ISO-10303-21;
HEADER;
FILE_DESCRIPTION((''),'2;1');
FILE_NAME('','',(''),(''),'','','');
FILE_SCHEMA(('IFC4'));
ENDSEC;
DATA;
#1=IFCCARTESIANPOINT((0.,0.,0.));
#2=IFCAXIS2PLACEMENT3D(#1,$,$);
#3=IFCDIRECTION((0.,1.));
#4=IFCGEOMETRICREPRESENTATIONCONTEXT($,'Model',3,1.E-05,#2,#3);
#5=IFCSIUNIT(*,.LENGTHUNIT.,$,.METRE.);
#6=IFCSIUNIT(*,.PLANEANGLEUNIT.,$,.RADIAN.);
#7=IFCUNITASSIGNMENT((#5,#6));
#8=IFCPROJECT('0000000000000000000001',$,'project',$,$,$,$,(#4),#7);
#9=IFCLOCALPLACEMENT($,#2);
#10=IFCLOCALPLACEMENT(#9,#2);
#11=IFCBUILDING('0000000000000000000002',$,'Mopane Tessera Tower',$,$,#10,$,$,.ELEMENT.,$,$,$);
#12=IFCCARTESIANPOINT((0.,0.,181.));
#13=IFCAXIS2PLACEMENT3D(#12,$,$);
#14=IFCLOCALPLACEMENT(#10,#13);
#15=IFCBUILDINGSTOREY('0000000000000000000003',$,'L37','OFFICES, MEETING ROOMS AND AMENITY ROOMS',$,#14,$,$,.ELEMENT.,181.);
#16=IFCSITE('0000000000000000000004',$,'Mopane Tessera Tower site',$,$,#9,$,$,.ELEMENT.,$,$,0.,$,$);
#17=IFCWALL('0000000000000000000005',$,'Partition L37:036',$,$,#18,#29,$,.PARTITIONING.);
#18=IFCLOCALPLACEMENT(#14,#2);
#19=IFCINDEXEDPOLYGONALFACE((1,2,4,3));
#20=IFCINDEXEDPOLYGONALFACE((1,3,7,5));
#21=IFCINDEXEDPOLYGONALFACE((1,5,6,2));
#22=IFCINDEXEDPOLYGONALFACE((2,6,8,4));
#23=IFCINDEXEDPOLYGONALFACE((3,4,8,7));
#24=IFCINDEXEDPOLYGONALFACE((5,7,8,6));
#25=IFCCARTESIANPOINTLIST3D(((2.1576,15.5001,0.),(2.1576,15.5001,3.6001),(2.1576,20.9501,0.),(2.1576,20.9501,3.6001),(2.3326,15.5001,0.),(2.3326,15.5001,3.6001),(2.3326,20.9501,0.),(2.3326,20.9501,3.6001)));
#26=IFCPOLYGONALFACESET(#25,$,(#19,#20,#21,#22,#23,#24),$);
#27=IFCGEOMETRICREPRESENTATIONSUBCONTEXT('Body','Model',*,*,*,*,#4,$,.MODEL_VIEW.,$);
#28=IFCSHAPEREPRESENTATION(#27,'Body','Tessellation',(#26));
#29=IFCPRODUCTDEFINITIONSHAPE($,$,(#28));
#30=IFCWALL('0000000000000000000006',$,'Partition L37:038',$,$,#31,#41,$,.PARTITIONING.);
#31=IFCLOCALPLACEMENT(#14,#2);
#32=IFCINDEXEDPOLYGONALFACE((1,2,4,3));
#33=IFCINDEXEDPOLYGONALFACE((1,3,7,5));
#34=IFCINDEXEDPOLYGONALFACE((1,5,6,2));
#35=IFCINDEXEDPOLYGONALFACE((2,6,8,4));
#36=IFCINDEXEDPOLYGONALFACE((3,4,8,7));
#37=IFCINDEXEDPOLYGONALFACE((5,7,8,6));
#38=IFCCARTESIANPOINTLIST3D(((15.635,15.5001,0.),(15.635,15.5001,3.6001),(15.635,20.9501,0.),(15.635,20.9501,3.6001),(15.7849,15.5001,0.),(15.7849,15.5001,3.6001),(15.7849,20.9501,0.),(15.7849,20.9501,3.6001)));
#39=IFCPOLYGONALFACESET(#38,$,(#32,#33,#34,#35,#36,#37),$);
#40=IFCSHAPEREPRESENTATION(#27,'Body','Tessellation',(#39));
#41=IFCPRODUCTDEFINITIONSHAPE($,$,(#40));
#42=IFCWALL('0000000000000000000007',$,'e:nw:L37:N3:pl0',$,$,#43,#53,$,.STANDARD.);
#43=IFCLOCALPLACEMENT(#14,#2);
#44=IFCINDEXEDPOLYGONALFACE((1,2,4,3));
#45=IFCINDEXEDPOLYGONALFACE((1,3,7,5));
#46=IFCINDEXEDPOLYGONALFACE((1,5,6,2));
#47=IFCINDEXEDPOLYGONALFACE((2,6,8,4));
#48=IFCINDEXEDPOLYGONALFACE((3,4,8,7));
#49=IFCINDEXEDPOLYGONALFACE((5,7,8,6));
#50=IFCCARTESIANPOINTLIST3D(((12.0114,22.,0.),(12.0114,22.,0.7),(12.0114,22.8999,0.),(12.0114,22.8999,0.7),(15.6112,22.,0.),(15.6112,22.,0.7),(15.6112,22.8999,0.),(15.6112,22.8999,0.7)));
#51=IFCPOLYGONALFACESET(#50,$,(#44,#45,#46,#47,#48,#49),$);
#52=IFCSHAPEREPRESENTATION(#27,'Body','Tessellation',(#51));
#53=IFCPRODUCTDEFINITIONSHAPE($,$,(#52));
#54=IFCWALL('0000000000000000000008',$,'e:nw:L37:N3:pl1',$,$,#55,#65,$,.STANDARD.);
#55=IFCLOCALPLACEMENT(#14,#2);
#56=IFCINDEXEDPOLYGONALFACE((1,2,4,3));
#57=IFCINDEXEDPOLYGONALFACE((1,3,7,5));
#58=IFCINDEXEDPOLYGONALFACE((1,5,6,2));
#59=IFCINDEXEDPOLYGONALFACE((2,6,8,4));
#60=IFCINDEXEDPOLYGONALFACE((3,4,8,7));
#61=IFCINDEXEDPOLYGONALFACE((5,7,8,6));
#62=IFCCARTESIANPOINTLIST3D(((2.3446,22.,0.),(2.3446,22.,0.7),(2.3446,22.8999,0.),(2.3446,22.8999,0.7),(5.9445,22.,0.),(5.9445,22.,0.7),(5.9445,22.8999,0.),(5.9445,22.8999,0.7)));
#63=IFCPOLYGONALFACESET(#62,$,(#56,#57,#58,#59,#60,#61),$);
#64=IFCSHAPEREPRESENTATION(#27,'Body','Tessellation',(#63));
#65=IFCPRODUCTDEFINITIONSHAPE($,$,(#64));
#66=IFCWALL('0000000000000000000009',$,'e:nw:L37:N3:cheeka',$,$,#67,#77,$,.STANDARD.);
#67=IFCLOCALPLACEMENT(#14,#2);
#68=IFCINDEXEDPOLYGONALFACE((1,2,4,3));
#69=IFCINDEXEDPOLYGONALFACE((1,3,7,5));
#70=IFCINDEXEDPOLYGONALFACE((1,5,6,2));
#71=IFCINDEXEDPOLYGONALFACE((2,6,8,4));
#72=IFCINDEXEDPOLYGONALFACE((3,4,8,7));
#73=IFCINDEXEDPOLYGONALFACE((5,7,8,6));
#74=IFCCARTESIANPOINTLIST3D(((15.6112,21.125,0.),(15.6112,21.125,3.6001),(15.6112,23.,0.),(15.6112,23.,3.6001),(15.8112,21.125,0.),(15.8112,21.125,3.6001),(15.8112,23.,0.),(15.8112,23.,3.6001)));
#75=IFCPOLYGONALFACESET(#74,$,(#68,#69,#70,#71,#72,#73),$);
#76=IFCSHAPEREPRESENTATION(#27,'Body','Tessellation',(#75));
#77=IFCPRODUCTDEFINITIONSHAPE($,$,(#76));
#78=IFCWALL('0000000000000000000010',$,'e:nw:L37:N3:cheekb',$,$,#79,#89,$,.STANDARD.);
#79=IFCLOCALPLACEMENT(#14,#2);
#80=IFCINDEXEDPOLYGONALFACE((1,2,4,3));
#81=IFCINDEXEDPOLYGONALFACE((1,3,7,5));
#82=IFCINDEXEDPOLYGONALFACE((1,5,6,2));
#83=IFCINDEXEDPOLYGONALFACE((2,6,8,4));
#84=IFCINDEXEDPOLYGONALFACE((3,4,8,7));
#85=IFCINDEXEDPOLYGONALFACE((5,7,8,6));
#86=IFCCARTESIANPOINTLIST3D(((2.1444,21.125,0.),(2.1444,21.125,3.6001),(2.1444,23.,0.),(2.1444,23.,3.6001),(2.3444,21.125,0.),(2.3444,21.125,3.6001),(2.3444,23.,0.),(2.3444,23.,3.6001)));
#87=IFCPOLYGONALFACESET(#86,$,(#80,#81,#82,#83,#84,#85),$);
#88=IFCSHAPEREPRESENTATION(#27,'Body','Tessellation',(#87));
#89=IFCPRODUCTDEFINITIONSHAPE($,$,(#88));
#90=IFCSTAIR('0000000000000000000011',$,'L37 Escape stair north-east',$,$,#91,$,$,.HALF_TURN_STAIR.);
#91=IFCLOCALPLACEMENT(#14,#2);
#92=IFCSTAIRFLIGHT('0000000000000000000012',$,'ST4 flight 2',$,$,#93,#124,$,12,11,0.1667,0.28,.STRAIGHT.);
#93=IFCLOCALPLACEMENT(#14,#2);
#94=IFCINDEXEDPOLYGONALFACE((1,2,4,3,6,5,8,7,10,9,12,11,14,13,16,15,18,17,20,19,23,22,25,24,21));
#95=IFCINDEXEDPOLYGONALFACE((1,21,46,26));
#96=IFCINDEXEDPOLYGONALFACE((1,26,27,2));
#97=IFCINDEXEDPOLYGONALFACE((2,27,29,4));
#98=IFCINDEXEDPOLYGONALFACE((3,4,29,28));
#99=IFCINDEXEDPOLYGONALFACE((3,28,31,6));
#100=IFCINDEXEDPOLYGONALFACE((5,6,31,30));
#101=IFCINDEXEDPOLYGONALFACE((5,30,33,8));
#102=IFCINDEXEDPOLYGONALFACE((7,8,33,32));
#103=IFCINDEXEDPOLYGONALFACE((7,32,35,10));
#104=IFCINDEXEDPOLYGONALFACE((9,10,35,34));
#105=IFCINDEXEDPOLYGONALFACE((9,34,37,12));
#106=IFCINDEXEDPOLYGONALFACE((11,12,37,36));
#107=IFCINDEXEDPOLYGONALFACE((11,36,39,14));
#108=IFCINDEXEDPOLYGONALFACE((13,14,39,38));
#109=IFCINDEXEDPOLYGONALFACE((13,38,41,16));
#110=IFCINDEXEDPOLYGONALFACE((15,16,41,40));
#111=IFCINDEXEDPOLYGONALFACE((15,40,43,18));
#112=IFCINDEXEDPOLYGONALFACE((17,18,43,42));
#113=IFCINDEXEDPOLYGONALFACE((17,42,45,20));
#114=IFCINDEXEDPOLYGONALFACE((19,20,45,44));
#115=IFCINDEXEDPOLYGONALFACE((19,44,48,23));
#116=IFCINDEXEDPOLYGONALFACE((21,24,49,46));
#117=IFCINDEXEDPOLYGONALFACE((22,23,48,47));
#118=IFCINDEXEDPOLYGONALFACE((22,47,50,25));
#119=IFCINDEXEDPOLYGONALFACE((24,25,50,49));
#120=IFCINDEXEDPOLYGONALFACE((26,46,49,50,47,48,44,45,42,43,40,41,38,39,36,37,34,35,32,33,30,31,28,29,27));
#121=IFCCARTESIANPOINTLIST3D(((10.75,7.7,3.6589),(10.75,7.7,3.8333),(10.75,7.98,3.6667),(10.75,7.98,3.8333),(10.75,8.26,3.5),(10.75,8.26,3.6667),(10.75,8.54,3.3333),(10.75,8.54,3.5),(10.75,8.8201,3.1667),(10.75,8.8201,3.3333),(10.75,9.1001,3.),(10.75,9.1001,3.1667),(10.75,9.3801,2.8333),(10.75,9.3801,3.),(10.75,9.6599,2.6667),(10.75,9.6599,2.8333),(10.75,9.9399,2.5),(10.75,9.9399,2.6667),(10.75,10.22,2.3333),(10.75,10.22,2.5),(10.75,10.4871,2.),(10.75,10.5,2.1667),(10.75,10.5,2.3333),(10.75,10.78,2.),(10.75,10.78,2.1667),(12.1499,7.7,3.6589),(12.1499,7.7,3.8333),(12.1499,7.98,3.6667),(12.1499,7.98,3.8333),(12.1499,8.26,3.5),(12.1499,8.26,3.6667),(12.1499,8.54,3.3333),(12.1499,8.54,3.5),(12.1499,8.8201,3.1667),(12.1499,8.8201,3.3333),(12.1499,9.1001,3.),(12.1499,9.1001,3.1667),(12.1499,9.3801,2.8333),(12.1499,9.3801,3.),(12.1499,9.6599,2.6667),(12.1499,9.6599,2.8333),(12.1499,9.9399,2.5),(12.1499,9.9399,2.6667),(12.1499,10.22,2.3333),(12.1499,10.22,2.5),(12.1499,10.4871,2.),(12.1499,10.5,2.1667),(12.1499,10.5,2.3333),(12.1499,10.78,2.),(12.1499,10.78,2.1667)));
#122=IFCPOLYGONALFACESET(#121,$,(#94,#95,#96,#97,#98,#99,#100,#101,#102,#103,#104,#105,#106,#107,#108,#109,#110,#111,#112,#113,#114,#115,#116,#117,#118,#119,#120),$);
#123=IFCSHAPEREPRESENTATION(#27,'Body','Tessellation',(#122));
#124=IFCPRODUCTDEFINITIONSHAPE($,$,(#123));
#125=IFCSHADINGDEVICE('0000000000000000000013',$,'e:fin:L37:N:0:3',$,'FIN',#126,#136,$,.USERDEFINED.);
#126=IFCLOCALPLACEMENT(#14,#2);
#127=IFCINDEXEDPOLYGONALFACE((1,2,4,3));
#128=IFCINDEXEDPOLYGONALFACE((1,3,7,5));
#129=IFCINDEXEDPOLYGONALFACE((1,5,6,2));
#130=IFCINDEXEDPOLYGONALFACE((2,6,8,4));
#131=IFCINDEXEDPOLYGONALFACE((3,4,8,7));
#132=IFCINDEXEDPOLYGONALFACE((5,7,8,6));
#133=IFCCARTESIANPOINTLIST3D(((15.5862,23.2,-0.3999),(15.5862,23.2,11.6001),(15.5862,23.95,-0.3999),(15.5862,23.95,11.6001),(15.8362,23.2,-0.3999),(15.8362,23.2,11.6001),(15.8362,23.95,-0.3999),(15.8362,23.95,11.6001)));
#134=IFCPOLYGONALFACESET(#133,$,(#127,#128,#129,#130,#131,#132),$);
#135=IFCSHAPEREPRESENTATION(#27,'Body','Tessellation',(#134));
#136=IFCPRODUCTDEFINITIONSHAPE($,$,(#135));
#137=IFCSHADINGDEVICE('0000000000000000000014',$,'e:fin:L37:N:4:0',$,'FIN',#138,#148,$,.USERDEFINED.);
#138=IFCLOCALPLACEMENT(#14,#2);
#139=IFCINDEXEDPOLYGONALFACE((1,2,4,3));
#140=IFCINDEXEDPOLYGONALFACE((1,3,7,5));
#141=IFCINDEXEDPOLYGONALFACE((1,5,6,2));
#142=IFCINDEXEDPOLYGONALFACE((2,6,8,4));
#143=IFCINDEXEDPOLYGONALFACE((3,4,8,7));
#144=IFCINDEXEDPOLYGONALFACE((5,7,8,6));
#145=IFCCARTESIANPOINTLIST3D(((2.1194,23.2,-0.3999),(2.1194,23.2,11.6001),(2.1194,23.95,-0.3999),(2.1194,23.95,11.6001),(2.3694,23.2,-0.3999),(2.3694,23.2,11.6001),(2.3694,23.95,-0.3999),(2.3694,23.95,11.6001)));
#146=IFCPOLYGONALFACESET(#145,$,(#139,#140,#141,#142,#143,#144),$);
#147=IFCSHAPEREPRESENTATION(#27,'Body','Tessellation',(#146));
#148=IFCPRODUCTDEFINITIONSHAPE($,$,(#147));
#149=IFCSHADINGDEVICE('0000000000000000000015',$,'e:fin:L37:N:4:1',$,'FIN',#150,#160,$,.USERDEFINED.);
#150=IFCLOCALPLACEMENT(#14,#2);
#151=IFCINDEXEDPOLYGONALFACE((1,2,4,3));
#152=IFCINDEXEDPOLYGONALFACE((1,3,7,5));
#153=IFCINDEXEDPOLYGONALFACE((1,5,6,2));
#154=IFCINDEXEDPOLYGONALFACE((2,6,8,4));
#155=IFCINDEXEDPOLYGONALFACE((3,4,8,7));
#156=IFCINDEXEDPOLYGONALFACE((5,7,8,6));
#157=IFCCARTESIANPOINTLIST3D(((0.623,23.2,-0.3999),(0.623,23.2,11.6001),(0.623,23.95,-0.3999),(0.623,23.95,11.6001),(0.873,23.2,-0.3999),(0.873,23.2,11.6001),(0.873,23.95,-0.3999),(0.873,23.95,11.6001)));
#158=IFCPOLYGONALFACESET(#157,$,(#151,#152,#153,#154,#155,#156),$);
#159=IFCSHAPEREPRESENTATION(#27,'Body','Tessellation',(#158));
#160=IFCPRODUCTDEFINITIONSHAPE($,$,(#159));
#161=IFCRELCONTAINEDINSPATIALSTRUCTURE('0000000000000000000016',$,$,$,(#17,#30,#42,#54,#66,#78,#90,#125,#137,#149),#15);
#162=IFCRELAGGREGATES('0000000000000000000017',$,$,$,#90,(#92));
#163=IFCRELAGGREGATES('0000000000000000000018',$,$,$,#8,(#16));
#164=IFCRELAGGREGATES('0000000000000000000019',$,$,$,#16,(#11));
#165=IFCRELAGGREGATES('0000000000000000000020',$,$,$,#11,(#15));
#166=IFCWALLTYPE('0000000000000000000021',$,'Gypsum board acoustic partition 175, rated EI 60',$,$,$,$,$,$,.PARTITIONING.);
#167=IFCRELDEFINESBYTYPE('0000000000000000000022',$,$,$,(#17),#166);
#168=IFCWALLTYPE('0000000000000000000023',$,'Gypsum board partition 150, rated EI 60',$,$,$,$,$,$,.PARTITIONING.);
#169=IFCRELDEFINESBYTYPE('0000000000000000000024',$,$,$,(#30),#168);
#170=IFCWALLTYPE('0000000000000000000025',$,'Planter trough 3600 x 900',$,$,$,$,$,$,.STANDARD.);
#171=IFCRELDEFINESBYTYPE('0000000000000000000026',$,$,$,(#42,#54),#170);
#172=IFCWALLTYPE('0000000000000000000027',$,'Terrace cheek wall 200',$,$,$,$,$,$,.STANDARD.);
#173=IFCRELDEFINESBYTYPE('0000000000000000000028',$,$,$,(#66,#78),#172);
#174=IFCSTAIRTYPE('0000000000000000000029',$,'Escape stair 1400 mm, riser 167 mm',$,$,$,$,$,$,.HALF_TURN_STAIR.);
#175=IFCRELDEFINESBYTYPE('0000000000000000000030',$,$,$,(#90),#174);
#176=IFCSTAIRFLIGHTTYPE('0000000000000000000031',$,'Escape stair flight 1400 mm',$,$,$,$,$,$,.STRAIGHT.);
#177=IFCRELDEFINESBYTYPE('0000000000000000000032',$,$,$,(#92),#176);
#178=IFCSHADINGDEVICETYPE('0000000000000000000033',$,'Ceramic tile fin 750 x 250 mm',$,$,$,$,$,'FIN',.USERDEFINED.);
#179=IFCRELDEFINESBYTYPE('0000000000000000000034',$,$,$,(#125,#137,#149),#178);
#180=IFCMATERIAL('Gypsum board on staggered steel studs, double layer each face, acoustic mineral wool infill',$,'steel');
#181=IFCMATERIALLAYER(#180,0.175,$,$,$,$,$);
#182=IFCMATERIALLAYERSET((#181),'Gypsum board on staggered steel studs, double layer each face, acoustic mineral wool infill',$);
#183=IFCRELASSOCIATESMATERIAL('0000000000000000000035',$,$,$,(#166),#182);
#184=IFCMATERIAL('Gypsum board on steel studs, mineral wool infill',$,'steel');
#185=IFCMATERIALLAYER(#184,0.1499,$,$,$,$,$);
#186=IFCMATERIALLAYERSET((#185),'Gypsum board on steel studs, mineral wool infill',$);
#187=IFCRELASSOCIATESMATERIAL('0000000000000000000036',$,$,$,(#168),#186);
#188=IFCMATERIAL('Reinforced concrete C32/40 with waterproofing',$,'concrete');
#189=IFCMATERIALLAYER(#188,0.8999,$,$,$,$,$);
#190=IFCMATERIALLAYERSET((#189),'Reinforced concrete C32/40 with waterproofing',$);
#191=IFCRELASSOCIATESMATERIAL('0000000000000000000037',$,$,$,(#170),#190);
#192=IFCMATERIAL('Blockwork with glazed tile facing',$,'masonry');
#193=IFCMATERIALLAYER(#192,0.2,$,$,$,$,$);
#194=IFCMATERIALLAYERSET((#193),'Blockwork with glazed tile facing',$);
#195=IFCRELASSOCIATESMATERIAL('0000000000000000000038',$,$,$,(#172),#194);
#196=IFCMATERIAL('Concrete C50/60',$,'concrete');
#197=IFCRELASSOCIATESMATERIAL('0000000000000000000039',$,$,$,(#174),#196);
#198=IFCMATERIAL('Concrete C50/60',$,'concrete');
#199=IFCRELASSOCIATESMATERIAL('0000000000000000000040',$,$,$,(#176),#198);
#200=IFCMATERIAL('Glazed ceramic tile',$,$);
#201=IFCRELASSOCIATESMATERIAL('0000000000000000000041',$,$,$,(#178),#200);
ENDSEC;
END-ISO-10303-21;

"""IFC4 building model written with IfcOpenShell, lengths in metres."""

from ifc_helpers import new_model, si_unit, direction, frame, frame_2d, origin, origin_2d, place, context, subcontext, project, spatial, polyline, rectangle, outline, extrude, material, layer, layer_set, type_object, element, aggregate, save


model = new_model("IFC4")

# Units and contexts
model_context = context("Model", 3, precision=1e-05, world=origin(), true_north=direction((0.0, 1.0)))
body_context = subcontext(model_context, "Body", "Model", "MODEL_VIEW")
ifc_project = project(units=[si_unit("LENGTHUNIT", "METRE"), si_unit("PLANEANGLEUNIT", "RADIAN")], contexts=[model_context])

# Site, building, storey
site_placement = place(None, origin())
site = spatial("IfcSite", under=ifc_project, at=site_placement, Name="Mopane Tessera Tower site", CompositionType="ELEMENT", RefElevation=0.0)
building_placement = place(site_placement, origin())
building = spatial("IfcBuilding", under=site, at=building_placement, Name="Mopane Tessera Tower", CompositionType="ELEMENT")
storey_placement = place(building_placement, frame((0.0, 0.0, 181.0)))
storey = spatial("IfcBuildingStorey", under=building, at=storey_placement, Name="L37", Description="OFFICES, MEETING ROOMS AND AMENITY ROOMS", CompositionType="ELEMENT", Elevation=181.0)

# Walls
ifc_material_1 = material(Name="Gypsum board on staggered steel studs, double layer each face, acoustic mineral wool infill", Category="steel")
ifc_layer_1 = layer(ifc_material_1, 0.175)
ifc_layer_set_1 = layer_set([ifc_layer_1], Name="Gypsum board on staggered steel studs, double layer each face, acoustic mineral wool infill")
wall_type_1 = type_object("IfcWallType", Name="Gypsum board acoustic partition 175, rated EI 60", PredefinedType="PARTITIONING", material=ifc_layer_set_1)
wall_1_placement = place(storey_placement, frame((2.2451, 15.5, 0.0), z_axis=(0.0, 0.0, 1.0), x_axis=(0.0, 1.0, 0.0)))
element("IfcWall", 1, at=wall_1_placement, inside=storey, type_object=wall_type_1, Name="Partition L37:036", PredefinedType="PARTITIONING", context=body_context, shape_type="SweptSolid", body=[
    extrude(rectangle(XDim=5.45, YDim=0.175, at=frame_2d((2.7251, 0.0))), origin(), (0.0, 0.0, 1.0), 3.6001),
])
ifc_material_2 = material(Name="Gypsum board on steel studs, mineral wool infill", Category="steel")
ifc_layer_2 = layer(ifc_material_2, 0.1499)
ifc_layer_set_2 = layer_set([ifc_layer_2], Name="Gypsum board on steel studs, mineral wool infill")
wall_type_2 = type_object("IfcWallType", Name="Gypsum board partition 150, rated EI 60", PredefinedType="PARTITIONING", material=ifc_layer_set_2)
wall_2_placement = place(storey_placement, frame((15.71, 15.5, 0.0), z_axis=(0.0, 0.0, 1.0), x_axis=(0.0, 1.0, 0.0)))
element("IfcWall", 2, at=wall_2_placement, inside=storey, type_object=wall_type_2, Name="Partition L37:038", PredefinedType="PARTITIONING", context=body_context, shape_type="SweptSolid", body=[
    extrude(rectangle(XDim=5.45, YDim=0.1499, at=frame_2d((2.7251, 0.0))), origin(), (0.0, 0.0, 1.0), 3.6001),
])
ifc_material_3 = material(Name="Reinforced concrete C32/40 with waterproofing", Category="concrete")
ifc_layer_3 = layer(ifc_material_3, 0.8999)
ifc_layer_set_3 = layer_set([ifc_layer_3], Name="Reinforced concrete C32/40 with waterproofing")
wall_type_3 = type_object("IfcWallType", Name="Planter trough 3600 x 900", PredefinedType="STANDARD", material=ifc_layer_set_3)
for number, where, z_axis, x_axis, name in (
    (3, (15.6111, 22.45, 0.0), (0.0, 0.0, 1.0), (-1.0, 0.0, 0.0), "e:nw:L37:N3:pl0"),
    (4, (5.9443, 22.45, 0.0), (0.0, 0.0, 1.0), (-1.0, 0.0, 0.0), "e:nw:L37:N3:pl1"),
):
    element("IfcWall", number, at=place(storey_placement, frame(where, z_axis=z_axis, x_axis=x_axis)), inside=storey, type_object=wall_type_3, Name=name, PredefinedType="STANDARD", context=body_context, shape_type="SweptSolid", body=[
        extrude(rectangle(XDim=3.5999, YDim=0.8999, at=frame_2d((1.7998, 0.0))), origin(), (0.0, 0.0, 1.0), 0.7),
    ])
ifc_material_4 = material(Name="Blockwork with glazed tile facing", Category="masonry")
ifc_layer_4 = layer(ifc_material_4, 0.2)
ifc_layer_set_4 = layer_set([ifc_layer_4], Name="Blockwork with glazed tile facing")
wall_type_4 = type_object("IfcWallType", Name="Terrace cheek wall 200", PredefinedType="STANDARD", material=ifc_layer_set_4)
for number, where, z_axis, x_axis, name in (
    (5, (15.7112, 23.0, 0.0), (0.0, 0.0, 1.0), (0.0, -1.0, 0.0), "e:nw:L37:N3:cheeka"),
    (6, (2.2444, 23.0, 0.0), (0.0, 0.0, 1.0), (0.0, -1.0, 0.0), "e:nw:L37:N3:cheekb"),
):
    element("IfcWall", number, at=place(storey_placement, frame(where, z_axis=z_axis, x_axis=x_axis)), inside=storey, type_object=wall_type_4, Name=name, PredefinedType="STANDARD", context=body_context, shape_type="SweptSolid", body=[
        extrude(rectangle(XDim=1.875, YDim=0.2, at=frame_2d((0.9375, 0.0))), origin(), (0.0, 0.0, 1.0), 3.6001),
    ])

# Stair, stair flight
ifc_material_5 = material(Name="Concrete C50/60", Category="concrete")
stair_type = type_object("IfcStairType", Name="Escape stair 1400 mm, riser 167 mm", PredefinedType="HALF_TURN_STAIR", material=ifc_material_5)
stair_placement = place(storey_placement, origin())
stair = element("IfcStair", 7, at=stair_placement, inside=storey, type_object=stair_type, Name="L37 Escape stair north-east", PredefinedType="HALF_TURN_STAIR")
ifc_material_6 = material(Name="Concrete C50/60", Category="concrete")
stair_flight_type = type_object("IfcStairFlightType", Name="Escape stair flight 1400 mm", PredefinedType="STRAIGHT", material=ifc_material_6)
stair_flight_placement = place(storey_placement, frame((11.45, 10.78, 2.0), z_axis=(0.0, 0.0, 1.0), x_axis=(0.0, -1.0, 0.0)))
stair_flight = element("IfcStairFlight", 8, at=stair_flight_placement, type_object=stair_flight_type, Name="ST4 flight 2", NumberOfRisers=12, NumberOfTreads=11, PredefinedType="STRAIGHT", RiserHeight=0.1667, TreadLength=0.28, context=body_context, shape_type="SweptSolid", body=[
    extrude(outline(polyline([(0.0, 0.0), (0.0, 0.1667), (0.28, 0.1667), (0.28, 0.3333), (0.5601, 0.3333), (0.5601, 0.5), (0.8401, 0.5), (0.8401, 0.6667), (1.1201, 0.6667), (1.1201, 0.8333), (1.3999, 0.8333), (1.3999, 1.0), (1.6799, 1.0), (1.6799, 1.1667), (1.96, 1.1667), (1.96, 1.3333), (2.24, 1.3333), (2.24, 1.5), (2.52, 1.5), (2.52, 1.6667), (2.8, 1.6667), (2.8, 1.8333), (3.0801, 1.8333), (3.0801, 2.0), (3.0801, 1.6589), (0.293, 0.0), (0.0, 0.0)])), frame((0.0, 0.7, 0.0), z_axis=(0.0, -1.0, 0.0), x_axis=(1.0, 0.0, 0.0)), (0.0, 0.0, 1.0), 1.3999),
])
aggregate(stair, [stair_flight])

# Shading devices
ifc_material_7 = material(Name="Glazed ceramic tile")
shading_device_type = type_object("IfcShadingDeviceType", Name="Ceramic tile fin 750 x 250 mm", ElementType="FIN", PredefinedType="USERDEFINED", material=ifc_material_7)
for number, where, z_axis, x_axis, name in (
    (9, (15.7112, 23.575, -0.3999), (0.0, 0.0, 1.0), (-1.0, 0.0, 0.0), "e:fin:L37:N:0:3"),
    (10, (2.2444, 23.575, -0.3999), (0.0, 0.0, 1.0), (-1.0, 0.0, 0.0), "e:fin:L37:N:4:0"),
    (11, (0.748, 23.575, -0.3999), (0.0, 0.0, 1.0), (-1.0, 0.0, 0.0), "e:fin:L37:N:4:1"),
):
    element("IfcShadingDevice", number, at=place(storey_placement, frame(where, z_axis=z_axis, x_axis=x_axis)), inside=storey, type_object=shading_device_type, Name=name, ObjectType="FIN", PredefinedType="USERDEFINED", context=body_context, shape_type="SweptSolid", body=[
        extrude(rectangle(XDim=0.25, YDim=0.75, at=origin_2d()), origin(), (0.0, 0.0, 1.0), 12.0),
    ])

save(model, "model.ifc")
